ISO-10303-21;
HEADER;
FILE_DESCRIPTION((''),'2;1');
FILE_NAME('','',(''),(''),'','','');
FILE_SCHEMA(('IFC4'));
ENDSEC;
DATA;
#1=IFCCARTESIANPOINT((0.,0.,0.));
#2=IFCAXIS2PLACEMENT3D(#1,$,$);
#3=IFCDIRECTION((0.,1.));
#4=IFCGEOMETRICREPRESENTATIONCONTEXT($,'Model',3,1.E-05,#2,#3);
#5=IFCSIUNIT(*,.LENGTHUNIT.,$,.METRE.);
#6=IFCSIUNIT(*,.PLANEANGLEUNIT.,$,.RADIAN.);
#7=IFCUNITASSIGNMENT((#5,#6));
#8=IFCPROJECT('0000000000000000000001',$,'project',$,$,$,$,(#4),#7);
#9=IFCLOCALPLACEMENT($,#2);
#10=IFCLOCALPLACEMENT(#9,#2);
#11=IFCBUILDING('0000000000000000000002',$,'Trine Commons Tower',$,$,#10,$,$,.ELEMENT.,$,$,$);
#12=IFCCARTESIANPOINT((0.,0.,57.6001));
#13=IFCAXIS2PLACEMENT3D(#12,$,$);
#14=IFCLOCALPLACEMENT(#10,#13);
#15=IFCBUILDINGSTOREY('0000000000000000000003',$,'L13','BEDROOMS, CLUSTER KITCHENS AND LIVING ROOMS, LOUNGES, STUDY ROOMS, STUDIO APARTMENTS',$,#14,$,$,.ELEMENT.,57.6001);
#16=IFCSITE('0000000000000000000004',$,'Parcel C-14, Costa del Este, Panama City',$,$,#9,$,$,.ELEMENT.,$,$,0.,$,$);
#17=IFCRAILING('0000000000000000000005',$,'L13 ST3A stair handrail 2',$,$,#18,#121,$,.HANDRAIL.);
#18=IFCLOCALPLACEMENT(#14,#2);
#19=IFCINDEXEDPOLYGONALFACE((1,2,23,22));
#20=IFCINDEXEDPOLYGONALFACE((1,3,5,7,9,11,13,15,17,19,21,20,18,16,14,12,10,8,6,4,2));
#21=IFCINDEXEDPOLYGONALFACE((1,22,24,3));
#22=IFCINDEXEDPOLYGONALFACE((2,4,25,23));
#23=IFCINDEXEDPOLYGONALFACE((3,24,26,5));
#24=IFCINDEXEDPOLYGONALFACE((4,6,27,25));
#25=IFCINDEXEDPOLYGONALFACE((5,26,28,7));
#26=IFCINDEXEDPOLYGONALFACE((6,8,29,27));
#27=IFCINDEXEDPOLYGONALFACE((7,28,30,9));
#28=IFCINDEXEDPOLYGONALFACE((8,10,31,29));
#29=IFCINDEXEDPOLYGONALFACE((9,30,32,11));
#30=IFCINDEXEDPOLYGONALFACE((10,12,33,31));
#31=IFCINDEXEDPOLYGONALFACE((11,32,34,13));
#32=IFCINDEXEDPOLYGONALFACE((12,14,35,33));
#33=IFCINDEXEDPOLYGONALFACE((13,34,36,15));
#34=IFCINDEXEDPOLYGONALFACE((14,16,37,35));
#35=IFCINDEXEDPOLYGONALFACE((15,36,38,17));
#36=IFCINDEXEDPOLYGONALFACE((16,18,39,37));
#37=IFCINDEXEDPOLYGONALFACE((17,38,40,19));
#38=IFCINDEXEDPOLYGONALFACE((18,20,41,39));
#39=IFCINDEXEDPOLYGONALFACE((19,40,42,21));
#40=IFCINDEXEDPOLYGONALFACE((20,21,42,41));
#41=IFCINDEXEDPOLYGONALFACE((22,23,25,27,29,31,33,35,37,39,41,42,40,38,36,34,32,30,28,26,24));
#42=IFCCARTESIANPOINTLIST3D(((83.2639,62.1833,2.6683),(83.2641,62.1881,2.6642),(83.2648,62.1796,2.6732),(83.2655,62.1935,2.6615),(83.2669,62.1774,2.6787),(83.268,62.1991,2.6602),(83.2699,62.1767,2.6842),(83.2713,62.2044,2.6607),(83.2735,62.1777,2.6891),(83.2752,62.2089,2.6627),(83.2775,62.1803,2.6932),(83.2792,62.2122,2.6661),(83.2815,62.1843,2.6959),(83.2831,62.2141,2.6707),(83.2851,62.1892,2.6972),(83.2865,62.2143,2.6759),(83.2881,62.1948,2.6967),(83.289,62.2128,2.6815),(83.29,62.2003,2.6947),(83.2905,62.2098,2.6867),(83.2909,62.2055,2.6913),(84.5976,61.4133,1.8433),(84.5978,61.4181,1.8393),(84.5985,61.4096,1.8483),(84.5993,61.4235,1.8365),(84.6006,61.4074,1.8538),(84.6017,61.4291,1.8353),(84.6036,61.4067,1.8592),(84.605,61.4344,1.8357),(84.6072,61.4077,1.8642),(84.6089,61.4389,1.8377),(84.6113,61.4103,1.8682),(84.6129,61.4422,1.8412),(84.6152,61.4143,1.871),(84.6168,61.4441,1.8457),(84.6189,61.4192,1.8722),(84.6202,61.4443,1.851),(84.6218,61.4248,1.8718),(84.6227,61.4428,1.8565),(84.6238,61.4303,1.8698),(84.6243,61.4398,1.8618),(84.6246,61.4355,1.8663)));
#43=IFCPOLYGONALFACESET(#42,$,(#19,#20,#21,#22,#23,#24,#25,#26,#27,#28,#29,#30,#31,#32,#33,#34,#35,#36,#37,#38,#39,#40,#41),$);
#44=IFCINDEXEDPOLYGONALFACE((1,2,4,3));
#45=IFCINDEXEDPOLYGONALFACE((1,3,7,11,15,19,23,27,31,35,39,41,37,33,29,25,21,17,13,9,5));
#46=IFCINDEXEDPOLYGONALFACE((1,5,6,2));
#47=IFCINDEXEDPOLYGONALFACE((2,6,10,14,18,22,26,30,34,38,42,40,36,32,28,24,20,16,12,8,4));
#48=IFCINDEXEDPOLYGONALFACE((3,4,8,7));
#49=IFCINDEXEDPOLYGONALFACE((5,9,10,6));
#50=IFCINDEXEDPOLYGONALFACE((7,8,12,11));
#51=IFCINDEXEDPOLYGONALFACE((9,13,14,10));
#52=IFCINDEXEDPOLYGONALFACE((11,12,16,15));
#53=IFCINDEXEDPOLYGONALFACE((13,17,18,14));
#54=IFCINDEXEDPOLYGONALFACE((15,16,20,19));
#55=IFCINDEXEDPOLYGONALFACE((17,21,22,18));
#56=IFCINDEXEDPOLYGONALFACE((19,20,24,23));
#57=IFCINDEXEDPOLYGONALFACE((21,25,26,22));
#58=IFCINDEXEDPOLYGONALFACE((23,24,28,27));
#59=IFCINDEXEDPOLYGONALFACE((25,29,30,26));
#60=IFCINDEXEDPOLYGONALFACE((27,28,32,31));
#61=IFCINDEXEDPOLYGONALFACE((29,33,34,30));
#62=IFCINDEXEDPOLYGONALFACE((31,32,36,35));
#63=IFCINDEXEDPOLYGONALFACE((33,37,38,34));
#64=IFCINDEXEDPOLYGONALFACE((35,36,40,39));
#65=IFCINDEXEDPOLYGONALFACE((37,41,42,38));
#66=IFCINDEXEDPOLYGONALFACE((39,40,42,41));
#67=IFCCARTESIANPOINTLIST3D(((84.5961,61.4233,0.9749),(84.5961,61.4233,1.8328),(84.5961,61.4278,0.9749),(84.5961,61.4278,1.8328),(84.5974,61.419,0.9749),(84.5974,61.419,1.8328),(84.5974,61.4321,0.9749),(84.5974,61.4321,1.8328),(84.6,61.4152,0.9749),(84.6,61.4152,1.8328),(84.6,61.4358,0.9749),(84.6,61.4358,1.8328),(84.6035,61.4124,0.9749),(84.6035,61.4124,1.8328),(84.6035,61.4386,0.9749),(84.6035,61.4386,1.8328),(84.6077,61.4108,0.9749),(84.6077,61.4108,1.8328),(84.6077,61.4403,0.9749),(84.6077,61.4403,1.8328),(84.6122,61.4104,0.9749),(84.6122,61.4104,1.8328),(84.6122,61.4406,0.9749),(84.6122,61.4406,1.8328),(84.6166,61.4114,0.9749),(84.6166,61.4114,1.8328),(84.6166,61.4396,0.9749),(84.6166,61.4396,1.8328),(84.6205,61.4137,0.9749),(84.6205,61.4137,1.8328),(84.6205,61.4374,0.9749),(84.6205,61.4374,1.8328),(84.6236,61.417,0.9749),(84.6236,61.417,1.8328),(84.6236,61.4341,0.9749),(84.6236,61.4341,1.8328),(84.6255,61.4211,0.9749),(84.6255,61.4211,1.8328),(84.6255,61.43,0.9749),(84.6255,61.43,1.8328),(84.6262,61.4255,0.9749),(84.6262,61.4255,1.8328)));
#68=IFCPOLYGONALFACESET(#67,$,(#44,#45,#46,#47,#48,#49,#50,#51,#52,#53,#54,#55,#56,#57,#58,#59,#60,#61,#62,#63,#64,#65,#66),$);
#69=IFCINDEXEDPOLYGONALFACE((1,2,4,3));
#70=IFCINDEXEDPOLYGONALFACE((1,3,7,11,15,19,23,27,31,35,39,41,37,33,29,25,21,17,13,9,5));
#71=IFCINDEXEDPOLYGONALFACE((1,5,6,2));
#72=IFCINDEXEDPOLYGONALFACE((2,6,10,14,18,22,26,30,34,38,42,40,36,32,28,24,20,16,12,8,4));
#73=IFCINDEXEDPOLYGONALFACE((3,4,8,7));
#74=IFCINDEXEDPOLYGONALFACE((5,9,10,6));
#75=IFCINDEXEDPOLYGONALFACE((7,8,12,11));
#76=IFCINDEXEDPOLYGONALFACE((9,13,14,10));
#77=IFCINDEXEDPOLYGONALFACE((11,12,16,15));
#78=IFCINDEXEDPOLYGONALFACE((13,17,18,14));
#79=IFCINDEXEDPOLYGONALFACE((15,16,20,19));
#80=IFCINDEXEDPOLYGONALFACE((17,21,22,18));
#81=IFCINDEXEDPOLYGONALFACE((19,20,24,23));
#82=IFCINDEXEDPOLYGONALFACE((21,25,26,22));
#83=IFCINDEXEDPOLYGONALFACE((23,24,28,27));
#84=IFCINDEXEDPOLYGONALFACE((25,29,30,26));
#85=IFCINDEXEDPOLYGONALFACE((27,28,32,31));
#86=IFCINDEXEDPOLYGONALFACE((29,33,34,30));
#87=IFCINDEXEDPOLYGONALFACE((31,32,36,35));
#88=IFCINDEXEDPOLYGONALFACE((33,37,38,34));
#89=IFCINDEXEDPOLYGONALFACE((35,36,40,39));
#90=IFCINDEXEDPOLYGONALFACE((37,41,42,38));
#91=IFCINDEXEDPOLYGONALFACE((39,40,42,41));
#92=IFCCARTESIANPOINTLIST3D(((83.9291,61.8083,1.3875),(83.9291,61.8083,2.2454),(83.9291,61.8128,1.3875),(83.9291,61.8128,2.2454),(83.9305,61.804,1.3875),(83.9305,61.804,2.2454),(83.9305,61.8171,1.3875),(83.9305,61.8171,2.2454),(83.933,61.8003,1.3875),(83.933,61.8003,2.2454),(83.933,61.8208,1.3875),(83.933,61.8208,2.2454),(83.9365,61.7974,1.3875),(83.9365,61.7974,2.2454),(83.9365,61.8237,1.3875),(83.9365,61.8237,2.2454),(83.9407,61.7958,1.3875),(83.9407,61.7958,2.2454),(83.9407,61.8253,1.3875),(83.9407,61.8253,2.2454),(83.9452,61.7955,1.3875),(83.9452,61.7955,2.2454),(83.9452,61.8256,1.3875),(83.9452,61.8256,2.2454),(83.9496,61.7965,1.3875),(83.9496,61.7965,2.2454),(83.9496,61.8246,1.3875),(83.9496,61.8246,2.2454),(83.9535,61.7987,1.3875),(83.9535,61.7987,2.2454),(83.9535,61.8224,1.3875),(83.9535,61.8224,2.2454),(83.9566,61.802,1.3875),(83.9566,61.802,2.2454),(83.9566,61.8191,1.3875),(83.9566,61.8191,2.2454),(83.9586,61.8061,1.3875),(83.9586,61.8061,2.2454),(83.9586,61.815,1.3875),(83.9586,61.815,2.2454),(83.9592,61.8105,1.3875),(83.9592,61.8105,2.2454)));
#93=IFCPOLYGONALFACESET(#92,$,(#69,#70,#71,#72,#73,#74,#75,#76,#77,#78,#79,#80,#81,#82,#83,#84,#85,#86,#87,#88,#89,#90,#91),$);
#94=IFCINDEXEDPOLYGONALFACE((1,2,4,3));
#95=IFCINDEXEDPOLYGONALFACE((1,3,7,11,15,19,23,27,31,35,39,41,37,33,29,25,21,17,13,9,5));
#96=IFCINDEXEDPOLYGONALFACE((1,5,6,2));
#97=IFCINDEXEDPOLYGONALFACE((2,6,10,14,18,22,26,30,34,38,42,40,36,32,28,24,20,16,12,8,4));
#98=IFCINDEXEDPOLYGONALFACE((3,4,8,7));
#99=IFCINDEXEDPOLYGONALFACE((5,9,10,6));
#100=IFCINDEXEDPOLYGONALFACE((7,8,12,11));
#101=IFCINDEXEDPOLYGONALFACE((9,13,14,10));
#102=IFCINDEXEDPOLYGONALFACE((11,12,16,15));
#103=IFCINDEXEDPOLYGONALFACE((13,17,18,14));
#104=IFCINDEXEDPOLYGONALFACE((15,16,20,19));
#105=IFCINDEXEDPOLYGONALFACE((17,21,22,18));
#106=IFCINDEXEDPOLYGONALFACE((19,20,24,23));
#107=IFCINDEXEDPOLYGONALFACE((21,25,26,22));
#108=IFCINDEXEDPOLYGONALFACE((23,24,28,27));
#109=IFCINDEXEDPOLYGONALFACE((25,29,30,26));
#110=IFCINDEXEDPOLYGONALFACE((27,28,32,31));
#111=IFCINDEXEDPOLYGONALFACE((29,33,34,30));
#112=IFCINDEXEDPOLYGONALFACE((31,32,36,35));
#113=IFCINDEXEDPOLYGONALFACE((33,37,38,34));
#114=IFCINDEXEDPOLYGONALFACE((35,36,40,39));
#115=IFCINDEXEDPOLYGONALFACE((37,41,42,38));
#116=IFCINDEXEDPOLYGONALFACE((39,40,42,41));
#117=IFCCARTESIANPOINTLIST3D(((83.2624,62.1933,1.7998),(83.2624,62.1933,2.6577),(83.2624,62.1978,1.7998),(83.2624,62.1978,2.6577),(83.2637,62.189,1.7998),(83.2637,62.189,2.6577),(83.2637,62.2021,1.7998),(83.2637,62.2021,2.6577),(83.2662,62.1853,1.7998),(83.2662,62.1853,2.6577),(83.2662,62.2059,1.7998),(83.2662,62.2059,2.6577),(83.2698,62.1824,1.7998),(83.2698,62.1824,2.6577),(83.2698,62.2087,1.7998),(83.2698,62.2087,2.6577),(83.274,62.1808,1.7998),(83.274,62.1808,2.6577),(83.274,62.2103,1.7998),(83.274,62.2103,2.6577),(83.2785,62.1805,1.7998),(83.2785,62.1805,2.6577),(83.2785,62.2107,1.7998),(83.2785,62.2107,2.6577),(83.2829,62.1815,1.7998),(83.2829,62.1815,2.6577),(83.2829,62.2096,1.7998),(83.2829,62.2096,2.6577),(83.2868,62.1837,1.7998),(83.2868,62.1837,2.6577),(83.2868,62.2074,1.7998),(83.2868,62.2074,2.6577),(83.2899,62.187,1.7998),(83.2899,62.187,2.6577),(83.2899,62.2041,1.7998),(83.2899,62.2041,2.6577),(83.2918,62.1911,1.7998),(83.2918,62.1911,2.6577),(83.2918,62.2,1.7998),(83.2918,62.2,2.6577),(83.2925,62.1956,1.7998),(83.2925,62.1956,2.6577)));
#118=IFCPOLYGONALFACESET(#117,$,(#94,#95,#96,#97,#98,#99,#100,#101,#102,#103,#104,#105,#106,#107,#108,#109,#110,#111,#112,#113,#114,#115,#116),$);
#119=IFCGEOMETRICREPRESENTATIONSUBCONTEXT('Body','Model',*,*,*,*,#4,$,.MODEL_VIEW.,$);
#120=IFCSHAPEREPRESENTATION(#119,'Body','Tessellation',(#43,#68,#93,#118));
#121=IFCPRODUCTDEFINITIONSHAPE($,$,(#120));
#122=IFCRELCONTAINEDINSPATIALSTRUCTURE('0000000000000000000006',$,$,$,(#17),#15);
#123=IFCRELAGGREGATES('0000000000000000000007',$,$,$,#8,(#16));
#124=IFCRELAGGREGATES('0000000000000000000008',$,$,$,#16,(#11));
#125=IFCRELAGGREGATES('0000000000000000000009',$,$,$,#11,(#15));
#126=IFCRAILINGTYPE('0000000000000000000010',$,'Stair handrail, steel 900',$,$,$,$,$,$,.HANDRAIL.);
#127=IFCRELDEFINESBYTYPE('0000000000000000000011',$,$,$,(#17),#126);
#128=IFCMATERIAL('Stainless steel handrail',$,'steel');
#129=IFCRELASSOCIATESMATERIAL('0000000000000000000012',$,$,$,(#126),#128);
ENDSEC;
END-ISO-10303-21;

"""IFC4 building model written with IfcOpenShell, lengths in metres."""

from ifc_helpers import new_model, si_unit, direction, frame, origin, origin_2d, place, context, subcontext, project, spatial, circle, extrude, material, type_object, element, save


model = new_model("IFC4")

# Units and contexts
model_context = context("Model", 3, precision=1e-05, world=origin(), true_north=direction((0.0, 1.0)))
body_context = subcontext(model_context, "Body", "Model", "MODEL_VIEW")
ifc_project = project(units=[si_unit("LENGTHUNIT", "METRE"), si_unit("PLANEANGLEUNIT", "RADIAN")], contexts=[model_context])

# Site, building, storey
site_placement = place(None, origin())
site = spatial("IfcSite", under=ifc_project, at=site_placement, Name="Parcel C-14, Costa del Este, Panama City", CompositionType="ELEMENT", RefElevation=0.0)
building_placement = place(site_placement, origin())
building = spatial("IfcBuilding", under=site, at=building_placement, Name="Trine Commons Tower", CompositionType="ELEMENT")
storey_placement = place(building_placement, frame((0.0, 0.0, 57.6001)))
storey = spatial("IfcBuildingStorey", under=building, at=storey_placement, Name="L13", Description="BEDROOMS, CLUSTER KITCHENS AND LIVING ROOMS, LOUNGES, STUDY ROOMS, STUDIO APARTMENTS", CompositionType="ELEMENT", Elevation=57.6001)

# Railing
ifc_material_1 = material(Name="Stainless steel handrail", Category="steel")
railing_type_1 = type_object("IfcRailingType", Name="Stair handrail, steel 900", PredefinedType="HANDRAIL", material=ifc_material_1)
for number, where, name in (
    (1, (84.6111, 61.4255, 0.9749), "L13 ST3A stair handrail 2"),
):
    element("IfcRailing", number, at=place(storey_placement, frame(where)), inside=storey, type_object=railing_type_1, Name=name, PredefinedType="HANDRAIL", context=body_context, shape_type="SweptSolid", body=[
        extrude(circle(Radius=0.021, at=origin_2d()), frame((0.0, 0.0, 0.8789), z_axis=(-0.763405, 0.440743, 0.472185), x_axis=(-0.499992, -0.86603, 0.0)), (0.0, 0.0, 1.0), 1.7471),
        extrude(circle(Radius=0.0151, at=origin_2d()), origin(), (0.0, 0.0, 1.0), 0.8579),
        extrude(circle(Radius=0.0151, at=origin_2d()), frame((-0.667, 0.385, 0.4126)), (0.0, 0.0, 1.0), 0.8579),
        extrude(circle(Radius=0.0151, at=origin_2d()), frame((-1.3337, 0.77, 0.825)), (0.0, 0.0, 1.0), 0.8579),
    ])

save(model, "model.ifc")
